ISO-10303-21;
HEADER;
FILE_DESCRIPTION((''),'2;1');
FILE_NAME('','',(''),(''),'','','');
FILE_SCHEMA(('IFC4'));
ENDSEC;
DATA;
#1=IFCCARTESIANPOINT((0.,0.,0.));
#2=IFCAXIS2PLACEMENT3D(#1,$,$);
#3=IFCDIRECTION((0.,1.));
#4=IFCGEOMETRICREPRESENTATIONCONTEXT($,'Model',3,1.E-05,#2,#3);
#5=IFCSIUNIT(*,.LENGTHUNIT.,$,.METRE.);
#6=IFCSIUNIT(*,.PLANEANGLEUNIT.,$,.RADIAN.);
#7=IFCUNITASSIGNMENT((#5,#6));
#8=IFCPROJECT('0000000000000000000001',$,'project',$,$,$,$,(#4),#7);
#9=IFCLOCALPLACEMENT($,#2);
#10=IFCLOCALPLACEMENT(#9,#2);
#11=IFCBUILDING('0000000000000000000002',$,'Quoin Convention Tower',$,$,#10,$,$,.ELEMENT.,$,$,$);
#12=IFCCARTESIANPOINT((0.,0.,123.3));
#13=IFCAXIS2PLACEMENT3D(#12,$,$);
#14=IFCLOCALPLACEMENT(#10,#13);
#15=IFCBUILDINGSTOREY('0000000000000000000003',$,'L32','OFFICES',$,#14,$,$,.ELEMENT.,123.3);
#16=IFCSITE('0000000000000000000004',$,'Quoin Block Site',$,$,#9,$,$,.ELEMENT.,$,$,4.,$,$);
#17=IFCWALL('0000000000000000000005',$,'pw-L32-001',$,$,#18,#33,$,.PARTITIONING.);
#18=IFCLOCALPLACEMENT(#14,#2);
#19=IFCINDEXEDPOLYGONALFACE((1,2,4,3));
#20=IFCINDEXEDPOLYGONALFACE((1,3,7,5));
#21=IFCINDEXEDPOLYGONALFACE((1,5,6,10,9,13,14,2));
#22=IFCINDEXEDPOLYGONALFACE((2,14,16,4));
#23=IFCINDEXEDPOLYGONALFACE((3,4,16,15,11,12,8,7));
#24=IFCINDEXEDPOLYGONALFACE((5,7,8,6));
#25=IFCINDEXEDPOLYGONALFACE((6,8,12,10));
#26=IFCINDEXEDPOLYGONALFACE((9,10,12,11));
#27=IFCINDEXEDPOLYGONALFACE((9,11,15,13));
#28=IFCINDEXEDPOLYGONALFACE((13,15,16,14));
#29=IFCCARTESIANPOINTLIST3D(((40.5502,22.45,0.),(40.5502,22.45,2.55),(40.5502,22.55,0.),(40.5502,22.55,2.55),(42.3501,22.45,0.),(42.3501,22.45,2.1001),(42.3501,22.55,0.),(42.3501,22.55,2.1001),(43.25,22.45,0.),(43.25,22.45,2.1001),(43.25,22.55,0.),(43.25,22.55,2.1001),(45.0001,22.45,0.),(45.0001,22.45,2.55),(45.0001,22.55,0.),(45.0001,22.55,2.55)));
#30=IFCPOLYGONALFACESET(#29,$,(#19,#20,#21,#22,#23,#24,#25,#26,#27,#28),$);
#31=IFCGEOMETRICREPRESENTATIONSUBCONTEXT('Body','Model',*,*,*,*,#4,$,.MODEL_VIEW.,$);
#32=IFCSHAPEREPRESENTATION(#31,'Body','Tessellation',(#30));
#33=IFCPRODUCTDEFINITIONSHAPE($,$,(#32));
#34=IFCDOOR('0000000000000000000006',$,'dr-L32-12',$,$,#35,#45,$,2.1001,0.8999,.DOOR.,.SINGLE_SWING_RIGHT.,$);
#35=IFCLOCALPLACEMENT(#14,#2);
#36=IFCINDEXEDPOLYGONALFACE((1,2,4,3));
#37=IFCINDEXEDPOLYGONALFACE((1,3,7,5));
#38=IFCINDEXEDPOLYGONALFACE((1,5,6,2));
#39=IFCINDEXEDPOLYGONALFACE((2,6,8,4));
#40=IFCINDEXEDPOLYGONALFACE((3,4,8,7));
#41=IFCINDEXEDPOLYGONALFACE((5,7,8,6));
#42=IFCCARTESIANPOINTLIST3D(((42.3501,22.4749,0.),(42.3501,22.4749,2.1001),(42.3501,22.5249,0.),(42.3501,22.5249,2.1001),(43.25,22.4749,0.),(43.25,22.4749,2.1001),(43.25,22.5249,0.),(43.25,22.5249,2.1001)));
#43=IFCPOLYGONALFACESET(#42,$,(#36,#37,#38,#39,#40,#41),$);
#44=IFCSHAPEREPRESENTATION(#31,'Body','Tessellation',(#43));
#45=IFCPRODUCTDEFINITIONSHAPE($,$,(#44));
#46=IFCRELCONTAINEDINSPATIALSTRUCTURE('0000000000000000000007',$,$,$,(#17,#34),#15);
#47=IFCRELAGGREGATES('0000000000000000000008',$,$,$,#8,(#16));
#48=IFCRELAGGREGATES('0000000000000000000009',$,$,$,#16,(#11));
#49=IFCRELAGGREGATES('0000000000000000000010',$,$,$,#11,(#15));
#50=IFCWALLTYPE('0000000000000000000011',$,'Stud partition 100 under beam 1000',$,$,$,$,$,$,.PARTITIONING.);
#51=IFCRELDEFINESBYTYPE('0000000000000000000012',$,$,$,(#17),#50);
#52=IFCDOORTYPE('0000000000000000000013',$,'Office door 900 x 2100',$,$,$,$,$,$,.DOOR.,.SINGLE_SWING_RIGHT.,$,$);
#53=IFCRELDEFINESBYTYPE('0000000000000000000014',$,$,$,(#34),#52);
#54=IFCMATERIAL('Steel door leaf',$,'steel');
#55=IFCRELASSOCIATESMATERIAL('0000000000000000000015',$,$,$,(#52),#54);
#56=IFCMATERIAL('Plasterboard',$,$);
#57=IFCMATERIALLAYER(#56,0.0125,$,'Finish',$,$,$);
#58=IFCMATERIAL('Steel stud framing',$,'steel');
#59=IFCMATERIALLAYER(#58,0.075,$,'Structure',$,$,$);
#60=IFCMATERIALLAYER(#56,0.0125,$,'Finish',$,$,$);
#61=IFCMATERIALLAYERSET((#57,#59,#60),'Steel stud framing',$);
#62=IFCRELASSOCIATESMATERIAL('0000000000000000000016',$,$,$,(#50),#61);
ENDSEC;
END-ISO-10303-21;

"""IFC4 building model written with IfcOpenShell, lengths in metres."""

from ifc_helpers import new_model, si_unit, direction, frame, frame_2d, origin, place, context, subcontext, project, spatial, rectangle, extrude, material, layer, layer_set, type_object, element, fill, save


model = new_model("IFC4")

# Units and contexts
model_context = context("Model", 3, precision=1e-05, world=origin(), true_north=direction((0.0, 1.0)))
body_context = subcontext(model_context, "Body", "Model", "MODEL_VIEW")
ifc_project = project(units=[si_unit("LENGTHUNIT", "METRE"), si_unit("PLANEANGLEUNIT", "RADIAN")], contexts=[model_context])

# Site, building, storey
site_placement = place(None, origin())
site = spatial("IfcSite", under=ifc_project, at=site_placement, Name="Quoin Block Site", CompositionType="ELEMENT", RefElevation=4.0)
building_placement = place(site_placement, origin())
building = spatial("IfcBuilding", under=site, at=building_placement, Name="Quoin Convention Tower", CompositionType="ELEMENT")
storey_placement = place(building_placement, frame((0.0, 0.0, 123.3)))
storey = spatial("IfcBuildingStorey", under=building, at=storey_placement, Name="L32", Description="OFFICES", CompositionType="ELEMENT", Elevation=123.3)

# Shared definitions
ifc_material_1 = material(Name="Plasterboard")
ifc_material_2 = material(Name="Steel stud framing", Category="steel")
ifc_material_3 = material(Name="Steel door leaf", Category="steel")
door_type_1 = type_object("IfcDoorType", Name="Office door 900 x 2100", OperationType="SINGLE_SWING_RIGHT", PredefinedType="DOOR", material=ifc_material_3)

# Wall, opening, door
ifc_layer_1 = layer(ifc_material_1, 0.0125, Name="Finish")
ifc_layer_2 = layer(ifc_material_2, 0.075, Name="Structure")
ifc_layer_3 = layer(ifc_material_1, 0.0125, Name="Finish")
ifc_layer_set_1 = layer_set([ifc_layer_1, ifc_layer_2, ifc_layer_3], Name="Steel stud framing")
wall_type_1 = type_object("IfcWallType", Name="Stud partition 100 under beam 1000", PredefinedType="PARTITIONING", material=ifc_layer_set_1)
wall_1_placement = place(storey_placement, frame((40.55, 22.5, 0.0), z_axis=(0.0, 0.0, 1.0), x_axis=(1.0, 0.0, 0.0)))
wall_1 = element("IfcWall", 1, at=wall_1_placement, inside=storey, type_object=wall_type_1, Name="pw-L32-001", PredefinedType="PARTITIONING", context=body_context, shape_type="SweptSolid", body=[
    extrude(rectangle(XDim=4.45, YDim=0.1001, at=frame_2d((2.2251, 0.0))), origin(), (0.0, 0.0, 1.0), 2.55),
])
opening_1_placement = place(wall_1_placement, frame((1.8, 0.0, 0.0)))
opening_1 = element("IfcOpeningElement", 2, at=opening_1_placement, cuts=wall_1, PredefinedType="OPENING", context=body_context, shape_type="SweptSolid", body=[
    extrude(rectangle(XDim=0.8999, YDim=2.1001, at=frame_2d((0.45, 1.05))), frame((0.0, 0.0601, 0.0), z_axis=(0.0, -1.0, 0.0), x_axis=(1.0, 0.0, 0.0)), (0.0, 0.0, 1.0), 0.1201),
])
door_1_placement = place(opening_1_placement, origin())
door_1 = element("IfcDoor", 3, at=door_1_placement, inside=storey, type_object=door_type_1, Name="dr-L32-12", OperationType="SINGLE_SWING_RIGHT", OverallHeight=2.1001, OverallWidth=0.8999, PredefinedType="DOOR", context=body_context, shape_type="SweptSolid", body=[
    extrude(rectangle(XDim=0.8999, YDim=2.1001, at=frame_2d((0.45, 1.05))), frame((0.0, 0.0249, 0.0), z_axis=(0.0, -1.0, 0.0), x_axis=(1.0, 0.0, 0.0)), (0.0, 0.0, 1.0), 0.05),
])
fill(opening_1, door_1)

save(model, "model.ifc")
